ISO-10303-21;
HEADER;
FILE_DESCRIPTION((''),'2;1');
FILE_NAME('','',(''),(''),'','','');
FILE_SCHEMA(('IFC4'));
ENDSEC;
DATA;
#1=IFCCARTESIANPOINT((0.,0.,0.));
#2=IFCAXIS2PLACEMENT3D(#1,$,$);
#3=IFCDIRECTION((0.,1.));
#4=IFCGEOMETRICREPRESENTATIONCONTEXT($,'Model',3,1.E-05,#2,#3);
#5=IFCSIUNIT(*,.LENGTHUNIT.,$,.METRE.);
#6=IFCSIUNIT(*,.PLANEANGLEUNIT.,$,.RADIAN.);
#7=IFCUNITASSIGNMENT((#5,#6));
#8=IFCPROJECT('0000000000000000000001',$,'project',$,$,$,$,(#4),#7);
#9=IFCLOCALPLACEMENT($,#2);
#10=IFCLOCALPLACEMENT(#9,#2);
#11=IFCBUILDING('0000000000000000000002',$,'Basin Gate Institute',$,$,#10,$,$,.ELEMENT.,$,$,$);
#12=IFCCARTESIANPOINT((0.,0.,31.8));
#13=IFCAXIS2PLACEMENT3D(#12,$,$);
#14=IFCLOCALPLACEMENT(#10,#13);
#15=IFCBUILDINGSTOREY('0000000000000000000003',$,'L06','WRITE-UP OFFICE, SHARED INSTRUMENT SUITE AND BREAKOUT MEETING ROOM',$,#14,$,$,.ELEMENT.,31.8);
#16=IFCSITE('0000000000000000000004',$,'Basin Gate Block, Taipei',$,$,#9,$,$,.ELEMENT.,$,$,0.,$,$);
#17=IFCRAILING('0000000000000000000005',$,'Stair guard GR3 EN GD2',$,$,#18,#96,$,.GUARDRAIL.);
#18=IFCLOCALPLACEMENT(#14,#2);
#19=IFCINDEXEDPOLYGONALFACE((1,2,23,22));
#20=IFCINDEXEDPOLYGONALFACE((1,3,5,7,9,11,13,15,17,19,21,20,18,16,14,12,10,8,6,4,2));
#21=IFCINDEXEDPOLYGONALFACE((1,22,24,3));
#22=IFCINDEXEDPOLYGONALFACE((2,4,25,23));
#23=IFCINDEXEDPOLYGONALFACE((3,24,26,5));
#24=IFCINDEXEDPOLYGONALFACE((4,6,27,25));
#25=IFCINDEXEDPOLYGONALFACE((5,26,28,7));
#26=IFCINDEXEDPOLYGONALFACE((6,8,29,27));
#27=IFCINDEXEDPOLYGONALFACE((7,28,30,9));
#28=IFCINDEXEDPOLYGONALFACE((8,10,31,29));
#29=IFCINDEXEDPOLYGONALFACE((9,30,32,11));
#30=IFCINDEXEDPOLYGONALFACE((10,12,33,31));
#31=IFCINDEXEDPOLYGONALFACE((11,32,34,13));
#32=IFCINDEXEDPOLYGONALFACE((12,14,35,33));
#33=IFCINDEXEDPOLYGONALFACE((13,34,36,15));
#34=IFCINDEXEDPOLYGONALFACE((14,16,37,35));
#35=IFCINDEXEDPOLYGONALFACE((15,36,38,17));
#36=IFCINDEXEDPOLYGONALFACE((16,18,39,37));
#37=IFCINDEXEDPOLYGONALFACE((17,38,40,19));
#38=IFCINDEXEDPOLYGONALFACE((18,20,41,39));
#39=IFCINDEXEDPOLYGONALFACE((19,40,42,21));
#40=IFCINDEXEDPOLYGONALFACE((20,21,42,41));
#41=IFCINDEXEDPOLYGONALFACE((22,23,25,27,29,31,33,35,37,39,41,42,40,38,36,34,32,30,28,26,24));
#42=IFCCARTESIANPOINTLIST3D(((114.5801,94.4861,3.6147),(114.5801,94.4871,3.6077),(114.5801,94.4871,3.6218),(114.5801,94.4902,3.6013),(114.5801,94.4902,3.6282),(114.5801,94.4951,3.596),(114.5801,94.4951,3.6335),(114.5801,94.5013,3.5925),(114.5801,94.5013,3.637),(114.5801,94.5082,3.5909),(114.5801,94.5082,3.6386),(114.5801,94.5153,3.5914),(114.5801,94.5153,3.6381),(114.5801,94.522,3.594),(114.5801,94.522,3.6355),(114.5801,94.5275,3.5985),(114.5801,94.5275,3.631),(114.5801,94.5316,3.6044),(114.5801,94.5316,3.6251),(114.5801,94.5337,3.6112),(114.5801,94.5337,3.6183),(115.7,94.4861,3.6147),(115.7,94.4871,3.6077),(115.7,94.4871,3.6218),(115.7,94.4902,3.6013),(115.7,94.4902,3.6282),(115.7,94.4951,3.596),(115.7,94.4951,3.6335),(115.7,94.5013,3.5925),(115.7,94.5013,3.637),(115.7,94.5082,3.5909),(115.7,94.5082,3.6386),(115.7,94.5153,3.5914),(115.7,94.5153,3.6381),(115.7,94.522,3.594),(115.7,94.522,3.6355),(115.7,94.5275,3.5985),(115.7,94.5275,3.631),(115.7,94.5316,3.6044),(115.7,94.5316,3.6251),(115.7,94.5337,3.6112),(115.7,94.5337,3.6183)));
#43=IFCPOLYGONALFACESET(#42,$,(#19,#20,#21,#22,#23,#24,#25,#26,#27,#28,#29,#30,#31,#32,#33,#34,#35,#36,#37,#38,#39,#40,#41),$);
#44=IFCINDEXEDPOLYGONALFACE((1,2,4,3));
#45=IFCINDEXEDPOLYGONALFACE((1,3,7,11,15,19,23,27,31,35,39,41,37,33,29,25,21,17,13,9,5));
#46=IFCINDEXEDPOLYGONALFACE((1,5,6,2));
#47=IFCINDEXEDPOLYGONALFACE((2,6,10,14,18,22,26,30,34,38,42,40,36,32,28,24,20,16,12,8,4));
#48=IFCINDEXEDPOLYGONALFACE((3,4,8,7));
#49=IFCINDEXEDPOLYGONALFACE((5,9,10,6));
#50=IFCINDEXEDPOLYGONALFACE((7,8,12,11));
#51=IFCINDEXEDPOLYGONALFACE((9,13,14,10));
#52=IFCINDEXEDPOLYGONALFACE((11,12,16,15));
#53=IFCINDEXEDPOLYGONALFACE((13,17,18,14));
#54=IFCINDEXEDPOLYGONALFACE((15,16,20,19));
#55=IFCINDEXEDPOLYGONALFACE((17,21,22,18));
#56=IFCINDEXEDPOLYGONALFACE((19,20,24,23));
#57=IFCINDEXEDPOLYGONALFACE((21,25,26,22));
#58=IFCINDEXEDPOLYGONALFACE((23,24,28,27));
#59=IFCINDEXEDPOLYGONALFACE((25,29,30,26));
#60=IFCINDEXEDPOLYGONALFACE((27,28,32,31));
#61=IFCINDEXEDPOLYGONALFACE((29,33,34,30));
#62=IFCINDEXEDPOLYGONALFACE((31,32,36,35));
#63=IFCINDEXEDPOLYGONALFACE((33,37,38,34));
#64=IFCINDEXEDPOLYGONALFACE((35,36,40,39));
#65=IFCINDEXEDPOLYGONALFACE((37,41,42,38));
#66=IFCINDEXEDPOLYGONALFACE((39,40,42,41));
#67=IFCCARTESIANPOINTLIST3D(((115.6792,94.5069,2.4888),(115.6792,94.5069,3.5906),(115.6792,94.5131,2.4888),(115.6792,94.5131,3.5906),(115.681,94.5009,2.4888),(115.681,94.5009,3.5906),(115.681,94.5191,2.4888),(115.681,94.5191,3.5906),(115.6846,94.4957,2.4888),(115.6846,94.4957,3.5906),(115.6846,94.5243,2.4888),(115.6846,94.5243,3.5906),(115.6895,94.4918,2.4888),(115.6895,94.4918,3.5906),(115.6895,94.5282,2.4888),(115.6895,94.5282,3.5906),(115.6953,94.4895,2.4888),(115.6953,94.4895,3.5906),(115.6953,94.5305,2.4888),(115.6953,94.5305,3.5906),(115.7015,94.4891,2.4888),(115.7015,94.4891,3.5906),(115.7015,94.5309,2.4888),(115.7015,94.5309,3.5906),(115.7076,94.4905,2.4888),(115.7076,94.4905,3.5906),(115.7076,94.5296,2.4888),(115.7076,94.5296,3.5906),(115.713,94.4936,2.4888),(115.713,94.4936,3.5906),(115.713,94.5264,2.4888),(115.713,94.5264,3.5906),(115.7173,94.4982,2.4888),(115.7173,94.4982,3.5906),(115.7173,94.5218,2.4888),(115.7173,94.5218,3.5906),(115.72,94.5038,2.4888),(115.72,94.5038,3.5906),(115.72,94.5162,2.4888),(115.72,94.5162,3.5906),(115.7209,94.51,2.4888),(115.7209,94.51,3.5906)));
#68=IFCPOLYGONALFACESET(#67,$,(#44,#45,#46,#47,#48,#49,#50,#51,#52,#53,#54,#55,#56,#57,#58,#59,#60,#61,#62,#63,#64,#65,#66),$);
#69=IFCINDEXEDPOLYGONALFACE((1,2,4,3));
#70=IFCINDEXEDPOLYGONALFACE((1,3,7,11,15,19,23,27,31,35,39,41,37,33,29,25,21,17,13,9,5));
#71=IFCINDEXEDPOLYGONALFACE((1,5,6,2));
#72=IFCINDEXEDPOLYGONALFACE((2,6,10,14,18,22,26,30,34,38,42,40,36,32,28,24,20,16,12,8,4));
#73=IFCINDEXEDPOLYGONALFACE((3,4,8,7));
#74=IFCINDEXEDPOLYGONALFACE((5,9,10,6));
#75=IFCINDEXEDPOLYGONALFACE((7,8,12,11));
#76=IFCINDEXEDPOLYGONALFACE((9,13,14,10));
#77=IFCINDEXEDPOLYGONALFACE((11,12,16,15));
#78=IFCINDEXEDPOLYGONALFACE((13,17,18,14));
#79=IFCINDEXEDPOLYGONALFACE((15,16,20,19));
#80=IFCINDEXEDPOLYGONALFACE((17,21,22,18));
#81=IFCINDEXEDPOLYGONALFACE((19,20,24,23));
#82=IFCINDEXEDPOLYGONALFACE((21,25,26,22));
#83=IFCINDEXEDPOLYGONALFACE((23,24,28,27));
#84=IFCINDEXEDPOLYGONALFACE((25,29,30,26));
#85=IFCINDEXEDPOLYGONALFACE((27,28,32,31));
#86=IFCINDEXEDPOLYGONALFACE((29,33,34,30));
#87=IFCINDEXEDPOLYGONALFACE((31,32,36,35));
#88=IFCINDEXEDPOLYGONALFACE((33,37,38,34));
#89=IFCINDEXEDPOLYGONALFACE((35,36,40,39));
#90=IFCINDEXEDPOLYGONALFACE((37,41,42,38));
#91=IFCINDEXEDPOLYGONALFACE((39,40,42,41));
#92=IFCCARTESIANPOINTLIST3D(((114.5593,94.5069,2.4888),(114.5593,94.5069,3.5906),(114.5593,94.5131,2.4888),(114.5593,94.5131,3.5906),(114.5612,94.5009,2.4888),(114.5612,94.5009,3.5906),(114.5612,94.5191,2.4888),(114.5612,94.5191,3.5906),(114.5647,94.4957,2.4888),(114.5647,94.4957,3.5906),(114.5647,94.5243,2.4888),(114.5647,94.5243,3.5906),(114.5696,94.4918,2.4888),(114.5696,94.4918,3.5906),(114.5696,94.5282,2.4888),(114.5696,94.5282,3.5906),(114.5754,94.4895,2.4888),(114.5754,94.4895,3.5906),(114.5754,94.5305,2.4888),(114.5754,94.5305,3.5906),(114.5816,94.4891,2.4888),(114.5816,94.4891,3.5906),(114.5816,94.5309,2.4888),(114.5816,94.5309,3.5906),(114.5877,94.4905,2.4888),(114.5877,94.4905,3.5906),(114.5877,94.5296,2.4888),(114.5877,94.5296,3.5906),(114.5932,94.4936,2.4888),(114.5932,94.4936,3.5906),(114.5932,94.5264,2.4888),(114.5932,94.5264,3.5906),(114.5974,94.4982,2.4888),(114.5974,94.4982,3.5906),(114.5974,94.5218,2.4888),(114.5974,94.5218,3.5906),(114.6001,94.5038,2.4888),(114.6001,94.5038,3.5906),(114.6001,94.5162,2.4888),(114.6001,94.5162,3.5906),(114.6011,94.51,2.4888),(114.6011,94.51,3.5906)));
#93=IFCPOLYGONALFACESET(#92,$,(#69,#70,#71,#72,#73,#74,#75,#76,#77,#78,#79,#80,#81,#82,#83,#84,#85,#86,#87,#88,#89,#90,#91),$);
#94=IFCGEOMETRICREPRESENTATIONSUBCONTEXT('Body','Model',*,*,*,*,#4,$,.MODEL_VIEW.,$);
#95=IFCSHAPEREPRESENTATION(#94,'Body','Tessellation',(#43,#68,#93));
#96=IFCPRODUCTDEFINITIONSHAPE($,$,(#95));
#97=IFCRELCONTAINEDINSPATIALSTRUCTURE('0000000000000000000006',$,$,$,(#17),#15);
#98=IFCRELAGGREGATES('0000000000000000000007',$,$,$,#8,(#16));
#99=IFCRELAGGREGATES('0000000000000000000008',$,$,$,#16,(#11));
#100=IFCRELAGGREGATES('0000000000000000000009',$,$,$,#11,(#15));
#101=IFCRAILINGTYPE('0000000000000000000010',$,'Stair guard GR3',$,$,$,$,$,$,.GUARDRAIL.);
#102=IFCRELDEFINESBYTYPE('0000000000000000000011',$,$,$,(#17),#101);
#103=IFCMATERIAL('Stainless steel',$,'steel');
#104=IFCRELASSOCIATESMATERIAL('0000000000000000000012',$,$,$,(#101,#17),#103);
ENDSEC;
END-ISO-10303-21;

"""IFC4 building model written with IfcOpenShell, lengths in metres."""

from ifc_helpers import new_model, si_unit, direction, frame, origin, origin_2d, place, context, subcontext, project, spatial, circle, extrude, material, type_object, element, save


model = new_model("IFC4")

# Units and contexts
model_context = context("Model", 3, precision=1e-05, world=origin(), true_north=direction((0.0, 1.0)))
body_context = subcontext(model_context, "Body", "Model", "MODEL_VIEW")
ifc_project = project(units=[si_unit("LENGTHUNIT", "METRE"), si_unit("PLANEANGLEUNIT", "RADIAN")], contexts=[model_context])

# Site, building, storey
site_placement = place(None, origin())
site = spatial("IfcSite", under=ifc_project, at=site_placement, Name="Basin Gate Block, Taipei", CompositionType="ELEMENT", RefElevation=0.0)
building_placement = place(site_placement, origin())
building = spatial("IfcBuilding", under=site, at=building_placement, Name="Basin Gate Institute", CompositionType="ELEMENT")
storey_placement = place(building_placement, frame((0.0, 0.0, 31.8)))
storey = spatial("IfcBuildingStorey", under=building, at=storey_placement, Name="L06", Description="WRITE-UP OFFICE, SHARED INSTRUMENT SUITE AND BREAKOUT MEETING ROOM", CompositionType="ELEMENT", Elevation=31.8)

# Railing
ifc_material_1 = material(Name="Stainless steel", Category="steel")
railing_type_1 = type_object("IfcRailingType", Name="Stair guard GR3", PredefinedType="GUARDRAIL", material=ifc_material_1)
railing_1_placement = place(storey_placement, frame((115.7, 94.51, 2.4888)))
element("IfcRailing", 1, at=railing_1_placement, inside=storey, type_object=railing_type_1, material=ifc_material_1, Name="Stair guard GR3 EN GD2", PredefinedType="GUARDRAIL", context=body_context, shape_type="SweptSolid", body=[
    extrude(circle(Radius=0.0239, at=origin_2d()), frame((0.0, 0.0, 1.126), z_axis=(-1.0, 0.0, 0.0), x_axis=(0.0, -1.0, 0.0)), (0.0, 0.0, 1.0), 1.1199),
    extrude(circle(Radius=0.021, at=origin_2d()), origin(), (0.0, 0.0, 1.0), 1.1018),
    extrude(circle(Radius=0.021, at=origin_2d()), frame((-1.1199, 0.0, 0.0)), (0.0, 0.0, 1.0), 1.1018),
])

save(model, "model.ifc")
